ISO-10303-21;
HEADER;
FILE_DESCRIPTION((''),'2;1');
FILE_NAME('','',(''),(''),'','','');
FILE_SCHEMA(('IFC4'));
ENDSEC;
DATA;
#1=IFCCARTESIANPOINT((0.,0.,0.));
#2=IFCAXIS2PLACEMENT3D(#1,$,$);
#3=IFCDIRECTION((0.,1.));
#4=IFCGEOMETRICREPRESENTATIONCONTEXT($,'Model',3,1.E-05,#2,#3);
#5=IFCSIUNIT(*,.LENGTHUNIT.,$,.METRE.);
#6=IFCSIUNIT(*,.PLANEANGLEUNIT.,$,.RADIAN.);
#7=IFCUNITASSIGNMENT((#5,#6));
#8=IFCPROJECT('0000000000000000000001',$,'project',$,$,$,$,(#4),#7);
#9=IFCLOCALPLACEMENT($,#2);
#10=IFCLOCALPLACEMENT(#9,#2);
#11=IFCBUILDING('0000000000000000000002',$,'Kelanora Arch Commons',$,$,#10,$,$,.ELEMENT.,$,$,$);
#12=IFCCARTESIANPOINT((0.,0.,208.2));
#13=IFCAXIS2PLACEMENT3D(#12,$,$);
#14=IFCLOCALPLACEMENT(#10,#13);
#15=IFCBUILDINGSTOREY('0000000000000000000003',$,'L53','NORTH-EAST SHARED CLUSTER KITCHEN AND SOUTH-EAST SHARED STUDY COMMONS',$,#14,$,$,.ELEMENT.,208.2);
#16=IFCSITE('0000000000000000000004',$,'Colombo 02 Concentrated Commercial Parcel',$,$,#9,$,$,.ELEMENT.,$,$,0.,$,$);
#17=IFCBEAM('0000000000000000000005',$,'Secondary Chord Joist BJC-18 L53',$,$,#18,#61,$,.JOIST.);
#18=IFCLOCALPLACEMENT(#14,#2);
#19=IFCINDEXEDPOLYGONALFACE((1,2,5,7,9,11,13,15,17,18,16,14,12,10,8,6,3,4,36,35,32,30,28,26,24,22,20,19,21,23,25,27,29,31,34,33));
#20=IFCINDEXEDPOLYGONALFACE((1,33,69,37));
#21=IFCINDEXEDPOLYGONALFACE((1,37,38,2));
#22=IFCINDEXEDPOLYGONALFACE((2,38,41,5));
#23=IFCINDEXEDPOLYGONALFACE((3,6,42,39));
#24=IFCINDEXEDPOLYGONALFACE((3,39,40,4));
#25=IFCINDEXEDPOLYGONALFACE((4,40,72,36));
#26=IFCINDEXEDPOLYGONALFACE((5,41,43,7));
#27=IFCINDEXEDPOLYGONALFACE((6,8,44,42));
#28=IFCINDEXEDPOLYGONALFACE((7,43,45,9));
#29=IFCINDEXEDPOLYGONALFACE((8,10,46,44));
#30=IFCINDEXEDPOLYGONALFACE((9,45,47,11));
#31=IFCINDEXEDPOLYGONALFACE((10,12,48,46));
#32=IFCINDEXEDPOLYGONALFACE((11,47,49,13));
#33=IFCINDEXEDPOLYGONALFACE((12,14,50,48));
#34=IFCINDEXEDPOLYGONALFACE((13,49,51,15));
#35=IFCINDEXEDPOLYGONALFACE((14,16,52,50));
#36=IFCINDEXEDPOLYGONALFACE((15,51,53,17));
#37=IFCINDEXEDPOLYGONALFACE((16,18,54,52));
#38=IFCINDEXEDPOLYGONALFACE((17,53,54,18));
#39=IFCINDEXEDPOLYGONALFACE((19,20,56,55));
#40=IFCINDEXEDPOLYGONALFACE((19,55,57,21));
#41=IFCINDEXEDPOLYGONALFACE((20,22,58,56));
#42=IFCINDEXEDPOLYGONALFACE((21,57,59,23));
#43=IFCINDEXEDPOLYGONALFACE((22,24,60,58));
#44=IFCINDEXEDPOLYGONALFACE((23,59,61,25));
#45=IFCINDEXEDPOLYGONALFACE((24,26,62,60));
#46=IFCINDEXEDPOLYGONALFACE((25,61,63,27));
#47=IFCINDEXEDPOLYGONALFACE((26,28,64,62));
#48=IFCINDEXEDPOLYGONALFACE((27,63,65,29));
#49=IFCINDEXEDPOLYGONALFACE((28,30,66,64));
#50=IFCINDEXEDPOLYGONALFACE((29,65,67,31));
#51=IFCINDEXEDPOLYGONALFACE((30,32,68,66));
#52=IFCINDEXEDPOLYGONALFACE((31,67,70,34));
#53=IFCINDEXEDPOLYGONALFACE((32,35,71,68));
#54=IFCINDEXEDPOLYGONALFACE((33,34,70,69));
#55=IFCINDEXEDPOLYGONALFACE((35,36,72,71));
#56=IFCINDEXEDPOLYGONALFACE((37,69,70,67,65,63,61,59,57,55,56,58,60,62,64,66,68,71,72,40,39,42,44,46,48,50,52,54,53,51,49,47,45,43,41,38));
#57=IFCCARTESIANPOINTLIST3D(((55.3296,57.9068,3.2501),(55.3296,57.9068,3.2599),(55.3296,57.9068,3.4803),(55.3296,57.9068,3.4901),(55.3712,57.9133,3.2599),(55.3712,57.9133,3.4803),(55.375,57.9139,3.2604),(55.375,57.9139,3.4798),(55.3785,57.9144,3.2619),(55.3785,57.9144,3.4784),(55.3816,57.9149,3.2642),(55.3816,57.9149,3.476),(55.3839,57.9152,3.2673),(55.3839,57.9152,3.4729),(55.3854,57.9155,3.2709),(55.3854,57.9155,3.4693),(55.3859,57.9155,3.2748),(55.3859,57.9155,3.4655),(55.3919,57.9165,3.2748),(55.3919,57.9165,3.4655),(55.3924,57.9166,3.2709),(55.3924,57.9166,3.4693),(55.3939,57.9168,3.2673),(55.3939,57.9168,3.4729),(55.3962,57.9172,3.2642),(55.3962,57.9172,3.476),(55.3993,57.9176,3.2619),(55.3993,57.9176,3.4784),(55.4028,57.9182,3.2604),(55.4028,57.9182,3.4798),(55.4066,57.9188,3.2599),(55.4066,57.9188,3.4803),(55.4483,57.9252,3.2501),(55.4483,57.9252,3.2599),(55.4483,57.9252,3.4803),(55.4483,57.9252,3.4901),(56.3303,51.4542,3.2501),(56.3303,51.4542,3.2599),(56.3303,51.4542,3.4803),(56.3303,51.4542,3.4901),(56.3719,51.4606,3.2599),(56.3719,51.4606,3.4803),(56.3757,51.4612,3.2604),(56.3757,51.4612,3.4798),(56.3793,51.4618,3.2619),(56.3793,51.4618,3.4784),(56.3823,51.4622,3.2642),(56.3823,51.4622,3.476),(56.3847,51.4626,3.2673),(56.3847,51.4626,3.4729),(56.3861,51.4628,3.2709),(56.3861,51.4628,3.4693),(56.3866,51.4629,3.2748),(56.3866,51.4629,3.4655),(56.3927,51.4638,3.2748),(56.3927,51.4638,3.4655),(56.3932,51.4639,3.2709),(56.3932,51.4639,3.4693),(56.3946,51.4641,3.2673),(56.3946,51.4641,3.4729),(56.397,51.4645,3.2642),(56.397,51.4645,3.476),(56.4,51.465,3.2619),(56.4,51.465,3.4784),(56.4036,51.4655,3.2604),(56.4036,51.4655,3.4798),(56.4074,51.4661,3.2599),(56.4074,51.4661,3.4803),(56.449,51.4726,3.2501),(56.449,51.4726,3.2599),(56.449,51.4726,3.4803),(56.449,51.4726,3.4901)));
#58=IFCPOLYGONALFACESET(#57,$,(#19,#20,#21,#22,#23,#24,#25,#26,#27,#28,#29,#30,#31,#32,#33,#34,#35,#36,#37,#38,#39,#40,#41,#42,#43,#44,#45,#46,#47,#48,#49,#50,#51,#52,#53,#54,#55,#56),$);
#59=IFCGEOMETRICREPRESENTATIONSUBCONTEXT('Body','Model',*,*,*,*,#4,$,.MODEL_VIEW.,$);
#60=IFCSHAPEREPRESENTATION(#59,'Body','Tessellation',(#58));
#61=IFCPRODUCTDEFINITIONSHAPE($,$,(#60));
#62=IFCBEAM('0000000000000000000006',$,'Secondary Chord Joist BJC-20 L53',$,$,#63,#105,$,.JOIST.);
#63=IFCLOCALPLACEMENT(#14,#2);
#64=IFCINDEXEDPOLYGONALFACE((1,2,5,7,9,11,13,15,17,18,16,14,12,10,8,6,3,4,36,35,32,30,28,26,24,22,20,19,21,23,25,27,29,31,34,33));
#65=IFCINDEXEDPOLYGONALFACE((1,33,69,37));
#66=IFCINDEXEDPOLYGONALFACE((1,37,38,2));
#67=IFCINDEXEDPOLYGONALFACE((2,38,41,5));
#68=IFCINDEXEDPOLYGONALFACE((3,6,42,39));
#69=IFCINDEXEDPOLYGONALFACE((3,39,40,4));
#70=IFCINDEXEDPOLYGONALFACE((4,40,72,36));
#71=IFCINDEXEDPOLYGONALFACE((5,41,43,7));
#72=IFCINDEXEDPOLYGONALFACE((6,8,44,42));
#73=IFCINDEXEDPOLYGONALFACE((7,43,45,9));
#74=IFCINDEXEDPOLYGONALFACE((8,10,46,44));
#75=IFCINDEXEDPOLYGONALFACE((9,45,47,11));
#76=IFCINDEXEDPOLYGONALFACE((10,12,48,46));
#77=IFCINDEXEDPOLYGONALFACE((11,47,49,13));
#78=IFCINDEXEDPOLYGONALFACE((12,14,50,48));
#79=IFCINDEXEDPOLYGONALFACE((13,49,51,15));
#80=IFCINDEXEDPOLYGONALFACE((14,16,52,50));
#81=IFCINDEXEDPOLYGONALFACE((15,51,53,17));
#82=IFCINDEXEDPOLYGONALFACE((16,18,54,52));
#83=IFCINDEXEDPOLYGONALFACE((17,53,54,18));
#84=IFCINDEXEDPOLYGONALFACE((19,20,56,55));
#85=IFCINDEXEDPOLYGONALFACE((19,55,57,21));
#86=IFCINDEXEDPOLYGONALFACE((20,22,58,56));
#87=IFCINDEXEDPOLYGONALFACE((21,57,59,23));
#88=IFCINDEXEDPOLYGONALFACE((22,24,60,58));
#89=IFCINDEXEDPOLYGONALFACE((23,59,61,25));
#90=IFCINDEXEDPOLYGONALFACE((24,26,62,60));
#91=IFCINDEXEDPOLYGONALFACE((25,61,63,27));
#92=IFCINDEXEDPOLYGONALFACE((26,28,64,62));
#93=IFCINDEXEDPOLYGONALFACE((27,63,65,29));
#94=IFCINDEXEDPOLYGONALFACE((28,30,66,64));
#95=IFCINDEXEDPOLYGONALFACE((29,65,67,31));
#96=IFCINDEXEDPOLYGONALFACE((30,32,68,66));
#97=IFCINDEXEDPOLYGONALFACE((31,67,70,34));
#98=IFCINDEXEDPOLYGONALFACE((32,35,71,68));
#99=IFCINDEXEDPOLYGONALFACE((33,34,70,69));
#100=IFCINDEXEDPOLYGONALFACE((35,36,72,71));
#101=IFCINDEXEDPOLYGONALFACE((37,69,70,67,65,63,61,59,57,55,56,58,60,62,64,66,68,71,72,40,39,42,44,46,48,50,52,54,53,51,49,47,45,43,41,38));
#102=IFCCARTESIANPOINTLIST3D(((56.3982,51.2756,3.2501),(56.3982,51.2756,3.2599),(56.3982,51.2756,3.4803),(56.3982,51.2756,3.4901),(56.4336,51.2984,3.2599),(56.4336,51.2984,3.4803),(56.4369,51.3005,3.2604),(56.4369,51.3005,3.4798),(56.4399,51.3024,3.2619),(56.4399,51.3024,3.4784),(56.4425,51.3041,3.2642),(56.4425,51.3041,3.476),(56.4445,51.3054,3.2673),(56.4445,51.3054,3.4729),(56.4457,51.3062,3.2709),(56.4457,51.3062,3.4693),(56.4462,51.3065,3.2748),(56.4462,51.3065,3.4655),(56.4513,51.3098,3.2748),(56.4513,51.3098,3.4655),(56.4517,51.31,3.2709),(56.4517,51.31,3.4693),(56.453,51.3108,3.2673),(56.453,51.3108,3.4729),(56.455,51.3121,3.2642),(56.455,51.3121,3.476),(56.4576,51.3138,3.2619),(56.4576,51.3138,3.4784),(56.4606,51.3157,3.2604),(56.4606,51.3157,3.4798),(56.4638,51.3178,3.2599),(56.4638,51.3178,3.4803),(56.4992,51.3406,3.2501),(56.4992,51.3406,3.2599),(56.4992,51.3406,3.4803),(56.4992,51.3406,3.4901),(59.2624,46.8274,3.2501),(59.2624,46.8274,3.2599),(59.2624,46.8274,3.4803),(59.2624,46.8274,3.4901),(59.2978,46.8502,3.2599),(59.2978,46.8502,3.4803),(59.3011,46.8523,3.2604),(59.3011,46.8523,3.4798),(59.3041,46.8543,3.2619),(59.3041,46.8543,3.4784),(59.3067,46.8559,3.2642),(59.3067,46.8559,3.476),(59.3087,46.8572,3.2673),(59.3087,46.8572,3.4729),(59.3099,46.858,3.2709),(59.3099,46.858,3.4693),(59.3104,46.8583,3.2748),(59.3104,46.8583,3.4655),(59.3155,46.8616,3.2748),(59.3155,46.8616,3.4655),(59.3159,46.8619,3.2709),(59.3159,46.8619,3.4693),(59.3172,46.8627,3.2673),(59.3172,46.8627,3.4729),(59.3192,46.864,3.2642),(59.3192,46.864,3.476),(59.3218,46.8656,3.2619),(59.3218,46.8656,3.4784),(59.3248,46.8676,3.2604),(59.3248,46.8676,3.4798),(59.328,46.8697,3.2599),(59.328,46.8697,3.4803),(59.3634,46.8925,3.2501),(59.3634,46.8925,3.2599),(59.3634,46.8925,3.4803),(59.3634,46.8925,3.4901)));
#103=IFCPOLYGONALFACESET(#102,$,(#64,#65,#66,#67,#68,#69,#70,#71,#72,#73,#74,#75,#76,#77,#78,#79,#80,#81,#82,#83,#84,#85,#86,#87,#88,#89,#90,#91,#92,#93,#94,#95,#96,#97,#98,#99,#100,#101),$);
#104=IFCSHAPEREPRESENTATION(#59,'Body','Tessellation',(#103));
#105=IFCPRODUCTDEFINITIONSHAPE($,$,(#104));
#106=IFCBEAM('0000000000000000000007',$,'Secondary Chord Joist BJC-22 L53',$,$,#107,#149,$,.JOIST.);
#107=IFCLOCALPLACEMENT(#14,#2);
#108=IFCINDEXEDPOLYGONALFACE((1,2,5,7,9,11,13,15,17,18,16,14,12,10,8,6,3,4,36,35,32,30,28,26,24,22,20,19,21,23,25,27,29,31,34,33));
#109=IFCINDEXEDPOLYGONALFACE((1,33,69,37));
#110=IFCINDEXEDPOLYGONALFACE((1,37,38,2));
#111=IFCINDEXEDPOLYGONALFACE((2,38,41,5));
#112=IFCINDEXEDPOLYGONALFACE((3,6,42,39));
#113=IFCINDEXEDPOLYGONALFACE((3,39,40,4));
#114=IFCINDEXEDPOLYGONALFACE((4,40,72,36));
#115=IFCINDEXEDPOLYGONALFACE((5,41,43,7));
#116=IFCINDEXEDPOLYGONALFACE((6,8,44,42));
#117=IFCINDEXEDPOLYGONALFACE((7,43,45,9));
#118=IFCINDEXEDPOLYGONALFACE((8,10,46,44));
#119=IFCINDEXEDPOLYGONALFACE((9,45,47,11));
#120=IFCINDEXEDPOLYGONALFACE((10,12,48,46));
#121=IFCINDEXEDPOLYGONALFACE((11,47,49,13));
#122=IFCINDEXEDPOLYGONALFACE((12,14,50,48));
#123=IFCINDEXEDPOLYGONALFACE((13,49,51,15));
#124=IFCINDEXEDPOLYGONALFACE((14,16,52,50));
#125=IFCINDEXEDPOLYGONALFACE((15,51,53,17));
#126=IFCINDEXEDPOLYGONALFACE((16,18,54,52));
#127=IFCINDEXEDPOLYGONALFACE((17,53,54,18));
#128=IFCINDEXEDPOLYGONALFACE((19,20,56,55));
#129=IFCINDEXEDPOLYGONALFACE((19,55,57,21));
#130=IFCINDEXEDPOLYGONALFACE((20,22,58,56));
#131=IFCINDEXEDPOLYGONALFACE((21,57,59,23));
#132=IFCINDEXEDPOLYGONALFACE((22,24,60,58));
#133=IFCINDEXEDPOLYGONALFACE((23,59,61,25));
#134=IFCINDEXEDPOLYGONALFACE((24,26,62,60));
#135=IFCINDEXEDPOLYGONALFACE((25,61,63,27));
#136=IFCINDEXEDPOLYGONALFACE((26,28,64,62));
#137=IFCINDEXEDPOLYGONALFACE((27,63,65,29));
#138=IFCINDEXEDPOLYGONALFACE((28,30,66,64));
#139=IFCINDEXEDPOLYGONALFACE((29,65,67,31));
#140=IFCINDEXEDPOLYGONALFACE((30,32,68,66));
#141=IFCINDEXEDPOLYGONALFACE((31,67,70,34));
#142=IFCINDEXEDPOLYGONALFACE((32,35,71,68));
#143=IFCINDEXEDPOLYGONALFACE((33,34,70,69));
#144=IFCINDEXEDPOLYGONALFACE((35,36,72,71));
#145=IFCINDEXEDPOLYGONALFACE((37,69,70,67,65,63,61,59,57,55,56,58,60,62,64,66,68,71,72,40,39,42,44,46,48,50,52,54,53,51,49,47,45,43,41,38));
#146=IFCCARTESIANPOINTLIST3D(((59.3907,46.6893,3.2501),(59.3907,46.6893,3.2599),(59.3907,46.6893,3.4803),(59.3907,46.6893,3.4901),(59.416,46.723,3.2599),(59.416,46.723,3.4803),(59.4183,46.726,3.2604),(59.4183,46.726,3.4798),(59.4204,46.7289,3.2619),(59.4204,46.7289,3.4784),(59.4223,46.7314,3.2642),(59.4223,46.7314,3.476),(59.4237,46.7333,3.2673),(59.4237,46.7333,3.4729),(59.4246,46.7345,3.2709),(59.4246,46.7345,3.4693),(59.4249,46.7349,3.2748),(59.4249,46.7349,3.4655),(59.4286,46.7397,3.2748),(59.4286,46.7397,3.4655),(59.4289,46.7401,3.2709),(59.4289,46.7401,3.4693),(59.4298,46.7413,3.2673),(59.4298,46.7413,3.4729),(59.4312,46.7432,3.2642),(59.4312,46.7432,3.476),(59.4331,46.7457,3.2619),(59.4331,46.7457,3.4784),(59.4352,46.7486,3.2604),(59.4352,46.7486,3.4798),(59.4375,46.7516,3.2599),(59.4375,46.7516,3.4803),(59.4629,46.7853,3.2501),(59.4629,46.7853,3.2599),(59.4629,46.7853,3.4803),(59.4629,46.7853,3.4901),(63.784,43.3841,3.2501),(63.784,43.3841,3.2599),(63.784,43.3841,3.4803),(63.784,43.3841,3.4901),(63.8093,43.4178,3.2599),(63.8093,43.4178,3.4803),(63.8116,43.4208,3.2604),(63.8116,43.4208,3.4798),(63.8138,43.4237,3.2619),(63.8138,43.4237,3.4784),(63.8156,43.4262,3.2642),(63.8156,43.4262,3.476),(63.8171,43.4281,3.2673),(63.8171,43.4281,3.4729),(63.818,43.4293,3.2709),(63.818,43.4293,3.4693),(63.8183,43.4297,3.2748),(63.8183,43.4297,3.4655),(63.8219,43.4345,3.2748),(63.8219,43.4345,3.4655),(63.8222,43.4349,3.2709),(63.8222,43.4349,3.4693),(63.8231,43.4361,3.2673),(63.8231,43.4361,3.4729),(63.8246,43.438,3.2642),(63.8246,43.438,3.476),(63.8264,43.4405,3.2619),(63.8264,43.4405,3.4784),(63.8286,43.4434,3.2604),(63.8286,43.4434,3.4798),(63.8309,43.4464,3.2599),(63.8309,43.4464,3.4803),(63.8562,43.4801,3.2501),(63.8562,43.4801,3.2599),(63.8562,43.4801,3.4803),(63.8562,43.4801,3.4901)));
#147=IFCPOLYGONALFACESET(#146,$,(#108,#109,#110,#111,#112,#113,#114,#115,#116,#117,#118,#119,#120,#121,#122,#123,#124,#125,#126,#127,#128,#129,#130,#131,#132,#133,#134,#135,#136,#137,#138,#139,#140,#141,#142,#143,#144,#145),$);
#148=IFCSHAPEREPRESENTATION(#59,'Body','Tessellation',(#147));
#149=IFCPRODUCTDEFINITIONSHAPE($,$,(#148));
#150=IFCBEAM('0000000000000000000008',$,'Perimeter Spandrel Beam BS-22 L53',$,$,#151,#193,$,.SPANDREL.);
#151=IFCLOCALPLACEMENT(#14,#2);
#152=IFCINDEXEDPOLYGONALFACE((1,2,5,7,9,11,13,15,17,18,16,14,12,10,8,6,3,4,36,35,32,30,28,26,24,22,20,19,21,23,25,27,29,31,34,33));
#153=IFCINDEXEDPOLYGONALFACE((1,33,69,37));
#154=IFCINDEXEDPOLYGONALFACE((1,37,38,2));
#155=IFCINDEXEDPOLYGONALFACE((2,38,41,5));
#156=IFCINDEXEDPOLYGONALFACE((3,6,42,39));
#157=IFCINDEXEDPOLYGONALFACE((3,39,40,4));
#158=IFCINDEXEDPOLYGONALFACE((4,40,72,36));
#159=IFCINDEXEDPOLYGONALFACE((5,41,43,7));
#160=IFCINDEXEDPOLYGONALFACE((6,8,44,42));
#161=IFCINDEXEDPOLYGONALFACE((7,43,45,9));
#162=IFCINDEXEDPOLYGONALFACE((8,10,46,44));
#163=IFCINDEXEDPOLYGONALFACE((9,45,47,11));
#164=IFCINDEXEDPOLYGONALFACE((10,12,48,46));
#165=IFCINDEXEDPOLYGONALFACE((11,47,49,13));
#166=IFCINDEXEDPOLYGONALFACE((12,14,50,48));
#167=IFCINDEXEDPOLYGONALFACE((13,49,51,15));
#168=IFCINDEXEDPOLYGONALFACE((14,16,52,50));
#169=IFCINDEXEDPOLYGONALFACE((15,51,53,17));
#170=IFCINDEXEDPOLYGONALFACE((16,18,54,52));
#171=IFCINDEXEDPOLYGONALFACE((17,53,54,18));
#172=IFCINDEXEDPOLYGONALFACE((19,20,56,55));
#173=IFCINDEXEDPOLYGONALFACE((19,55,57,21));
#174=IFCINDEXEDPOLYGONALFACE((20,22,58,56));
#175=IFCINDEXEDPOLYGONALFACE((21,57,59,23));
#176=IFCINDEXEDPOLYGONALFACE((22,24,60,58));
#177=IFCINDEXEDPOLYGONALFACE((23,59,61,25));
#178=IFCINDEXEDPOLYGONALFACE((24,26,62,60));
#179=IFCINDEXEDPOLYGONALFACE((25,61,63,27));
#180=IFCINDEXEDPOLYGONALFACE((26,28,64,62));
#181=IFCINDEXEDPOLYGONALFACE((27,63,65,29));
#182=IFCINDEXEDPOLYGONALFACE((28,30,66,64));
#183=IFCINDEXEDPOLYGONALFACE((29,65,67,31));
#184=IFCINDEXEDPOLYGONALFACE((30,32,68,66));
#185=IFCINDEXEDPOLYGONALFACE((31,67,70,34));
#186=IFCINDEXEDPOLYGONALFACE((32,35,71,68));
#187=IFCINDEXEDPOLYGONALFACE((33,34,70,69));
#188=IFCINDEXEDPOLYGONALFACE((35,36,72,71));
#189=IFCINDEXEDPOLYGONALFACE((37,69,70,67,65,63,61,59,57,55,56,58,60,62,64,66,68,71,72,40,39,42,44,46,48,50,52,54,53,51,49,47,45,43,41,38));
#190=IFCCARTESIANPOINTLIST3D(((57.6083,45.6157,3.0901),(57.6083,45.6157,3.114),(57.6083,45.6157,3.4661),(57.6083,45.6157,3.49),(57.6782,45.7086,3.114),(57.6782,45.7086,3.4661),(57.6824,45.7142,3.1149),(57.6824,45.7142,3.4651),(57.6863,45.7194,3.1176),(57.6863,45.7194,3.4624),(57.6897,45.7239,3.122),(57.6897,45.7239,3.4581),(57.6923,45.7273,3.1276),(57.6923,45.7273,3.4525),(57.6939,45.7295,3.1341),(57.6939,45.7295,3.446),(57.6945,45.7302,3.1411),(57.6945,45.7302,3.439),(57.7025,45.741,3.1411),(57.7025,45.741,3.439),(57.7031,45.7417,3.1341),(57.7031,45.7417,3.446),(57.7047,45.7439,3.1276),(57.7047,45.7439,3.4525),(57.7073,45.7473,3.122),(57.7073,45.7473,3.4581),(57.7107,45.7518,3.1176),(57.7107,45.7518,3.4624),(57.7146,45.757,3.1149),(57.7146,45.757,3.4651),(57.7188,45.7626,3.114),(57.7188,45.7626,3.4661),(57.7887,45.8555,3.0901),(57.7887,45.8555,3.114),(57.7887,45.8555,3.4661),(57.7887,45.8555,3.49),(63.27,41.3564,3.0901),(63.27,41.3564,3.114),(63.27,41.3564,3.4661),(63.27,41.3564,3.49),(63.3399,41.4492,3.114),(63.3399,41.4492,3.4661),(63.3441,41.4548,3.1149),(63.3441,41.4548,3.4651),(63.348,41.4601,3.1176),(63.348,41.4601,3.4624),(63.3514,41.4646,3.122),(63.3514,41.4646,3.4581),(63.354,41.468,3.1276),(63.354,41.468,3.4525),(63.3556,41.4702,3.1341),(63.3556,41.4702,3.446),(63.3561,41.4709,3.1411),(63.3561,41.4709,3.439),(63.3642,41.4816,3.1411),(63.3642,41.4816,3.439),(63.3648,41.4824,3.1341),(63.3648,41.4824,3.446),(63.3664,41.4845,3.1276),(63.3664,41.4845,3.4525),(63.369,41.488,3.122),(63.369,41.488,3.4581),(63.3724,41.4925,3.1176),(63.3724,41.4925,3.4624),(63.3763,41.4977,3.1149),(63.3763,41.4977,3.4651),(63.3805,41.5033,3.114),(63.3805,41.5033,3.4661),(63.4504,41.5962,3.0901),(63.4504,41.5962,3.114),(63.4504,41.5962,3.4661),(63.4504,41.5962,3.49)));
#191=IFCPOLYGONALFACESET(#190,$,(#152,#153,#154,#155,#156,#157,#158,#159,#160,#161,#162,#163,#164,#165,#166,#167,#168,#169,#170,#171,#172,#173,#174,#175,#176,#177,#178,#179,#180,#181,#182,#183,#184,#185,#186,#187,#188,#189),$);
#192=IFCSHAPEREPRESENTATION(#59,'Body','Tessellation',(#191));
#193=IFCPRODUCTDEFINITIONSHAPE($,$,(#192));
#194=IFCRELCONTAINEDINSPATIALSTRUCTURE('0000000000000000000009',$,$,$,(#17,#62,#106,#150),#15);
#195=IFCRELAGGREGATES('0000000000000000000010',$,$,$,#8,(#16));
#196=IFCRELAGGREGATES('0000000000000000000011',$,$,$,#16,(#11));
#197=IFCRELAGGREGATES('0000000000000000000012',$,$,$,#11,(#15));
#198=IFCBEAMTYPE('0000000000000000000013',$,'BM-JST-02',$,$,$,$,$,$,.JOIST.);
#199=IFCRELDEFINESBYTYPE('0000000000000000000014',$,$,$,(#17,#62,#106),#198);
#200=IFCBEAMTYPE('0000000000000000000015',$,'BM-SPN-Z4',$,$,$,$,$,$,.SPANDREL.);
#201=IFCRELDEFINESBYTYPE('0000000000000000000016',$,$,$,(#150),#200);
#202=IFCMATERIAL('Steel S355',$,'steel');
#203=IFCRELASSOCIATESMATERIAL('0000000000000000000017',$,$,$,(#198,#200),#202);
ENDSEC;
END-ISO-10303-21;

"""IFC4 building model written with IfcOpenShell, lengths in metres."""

from ifc_helpers import new_model, si_unit, direction, frame, origin, origin_2d, place, context, subcontext, project, spatial, i_section, extrude, material, material_profile, profile_set, type_object, element, save


model = new_model("IFC4")

# Units and contexts
model_context = context("Model", 3, precision=1e-05, world=origin(), true_north=direction((0.0, 1.0)))
body_context = subcontext(model_context, "Body", "Model", "MODEL_VIEW")
ifc_project = project(units=[si_unit("LENGTHUNIT", "METRE"), si_unit("PLANEANGLEUNIT", "RADIAN")], contexts=[model_context])

# Site, building, storey
site_placement = place(None, origin())
site = spatial("IfcSite", under=ifc_project, at=site_placement, Name="Colombo 02 Concentrated Commercial Parcel", CompositionType="ELEMENT", RefElevation=0.0)
building_placement = place(site_placement, origin())
building = spatial("IfcBuilding", under=site, at=building_placement, Name="Kelanora Arch Commons", CompositionType="ELEMENT")
storey_placement = place(building_placement, frame((0.0, 0.0, 208.2)))
storey = spatial("IfcBuildingStorey", under=building, at=storey_placement, Name="L53", Description="NORTH-EAST SHARED CLUSTER KITCHEN AND SOUTH-EAST SHARED STUDY COMMONS", CompositionType="ELEMENT", Elevation=208.2)

# Beams
ifc_material_1 = material(Name="Steel S355", Category="steel")
ifc_material_profile_1 = material_profile(ifc_material_1, i_section(OverallWidth=0.1201, OverallDepth=0.24, WebThickness=0.0061, FlangeThickness=0.0098, FilletRadius=0.0149, at=origin_2d()), Name="IPE240")
ifc_profile_set_1 = profile_set([ifc_material_profile_1], Name="Steel S355")
beam_type_1 = type_object("IfcBeamType", Name="BM-JST-02", PredefinedType="JOIST", material=ifc_profile_set_1)
beam_1_placement = place(storey_placement, frame((55.3889, 57.916, 3.3701), z_axis=(0.153257, -0.988186, 0.0), x_axis=(0.988186, 0.153257, 0.0)))
element("IfcBeam", 1, at=beam_1_placement, inside=storey, type_object=beam_type_1, Name="Secondary Chord Joist BJC-18 L53", PredefinedType="JOIST", context=body_context, shape_type="SweptSolid", body=[
    extrude(i_section(OverallWidth=0.1201, OverallDepth=0.24, WebThickness=0.0061, FlangeThickness=0.0098, FilletRadius=0.0149, at=origin_2d()), origin(), (0.0, 0.0, 1.0), 6.5298),
])
beam_2_placement = place(storey_placement, frame((56.4487, 51.3081, 3.3701), z_axis=(0.541382, -0.840776, 0.0), x_axis=(0.840776, 0.541382, 0.0)))
element("IfcBeam", 2, at=beam_2_placement, inside=storey, type_object=beam_type_1, Name="Secondary Chord Joist BJC-20 L53", PredefinedType="JOIST", context=body_context, shape_type="SweptSolid", body=[
    extrude(i_section(OverallWidth=0.1201, OverallDepth=0.24, WebThickness=0.0061, FlangeThickness=0.0098, FilletRadius=0.0149, at=origin_2d()), origin(), (0.0, 0.0, 1.0), 5.2905),
])
beam_3_placement = place(storey_placement, frame((59.4268, 46.7373, 3.3701), z_axis=(0.799109, -0.601186, 0.0), x_axis=(0.601186, 0.799109, 0.0)))
element("IfcBeam", 3, at=beam_3_placement, inside=storey, type_object=beam_type_1, Name="Secondary Chord Joist BJC-22 L53", PredefinedType="JOIST", context=body_context, shape_type="SweptSolid", body=[
    extrude(i_section(OverallWidth=0.1201, OverallDepth=0.24, WebThickness=0.0061, FlangeThickness=0.0098, FilletRadius=0.0149, at=origin_2d()), origin(), (0.0, 0.0, 1.0), 5.4978),
])
ifc_material_profile_2 = material_profile(ifc_material_1, i_section(OverallWidth=0.3, OverallDepth=0.3999, WebThickness=0.0134, FlangeThickness=0.0239, FilletRadius=0.0271, at=origin_2d()), Name="HEB400")
ifc_profile_set_2 = profile_set([ifc_material_profile_2], Name="Steel S355")
beam_type_2 = type_object("IfcBeamType", Name="BM-SPN-Z4", PredefinedType="SPANDREL", material=ifc_profile_set_2)
beam_4_placement = place(storey_placement, frame((57.6985, 45.7356, 3.29), z_axis=(0.799114, -0.601179, 0.0), x_axis=(0.601179, 0.799114, 0.0)))
element("IfcBeam", 4, at=beam_4_placement, inside=storey, type_object=beam_type_2, Name="Perimeter Spandrel Beam BS-22 L53", PredefinedType="SPANDREL", context=body_context, shape_type="SweptSolid", body=[
    extrude(i_section(OverallWidth=0.3, OverallDepth=0.3999, WebThickness=0.0134, FlangeThickness=0.0239, FilletRadius=0.0271, at=origin_2d()), origin(), (0.0, 0.0, 1.0), 7.085),
])

save(model, "model.ifc")
